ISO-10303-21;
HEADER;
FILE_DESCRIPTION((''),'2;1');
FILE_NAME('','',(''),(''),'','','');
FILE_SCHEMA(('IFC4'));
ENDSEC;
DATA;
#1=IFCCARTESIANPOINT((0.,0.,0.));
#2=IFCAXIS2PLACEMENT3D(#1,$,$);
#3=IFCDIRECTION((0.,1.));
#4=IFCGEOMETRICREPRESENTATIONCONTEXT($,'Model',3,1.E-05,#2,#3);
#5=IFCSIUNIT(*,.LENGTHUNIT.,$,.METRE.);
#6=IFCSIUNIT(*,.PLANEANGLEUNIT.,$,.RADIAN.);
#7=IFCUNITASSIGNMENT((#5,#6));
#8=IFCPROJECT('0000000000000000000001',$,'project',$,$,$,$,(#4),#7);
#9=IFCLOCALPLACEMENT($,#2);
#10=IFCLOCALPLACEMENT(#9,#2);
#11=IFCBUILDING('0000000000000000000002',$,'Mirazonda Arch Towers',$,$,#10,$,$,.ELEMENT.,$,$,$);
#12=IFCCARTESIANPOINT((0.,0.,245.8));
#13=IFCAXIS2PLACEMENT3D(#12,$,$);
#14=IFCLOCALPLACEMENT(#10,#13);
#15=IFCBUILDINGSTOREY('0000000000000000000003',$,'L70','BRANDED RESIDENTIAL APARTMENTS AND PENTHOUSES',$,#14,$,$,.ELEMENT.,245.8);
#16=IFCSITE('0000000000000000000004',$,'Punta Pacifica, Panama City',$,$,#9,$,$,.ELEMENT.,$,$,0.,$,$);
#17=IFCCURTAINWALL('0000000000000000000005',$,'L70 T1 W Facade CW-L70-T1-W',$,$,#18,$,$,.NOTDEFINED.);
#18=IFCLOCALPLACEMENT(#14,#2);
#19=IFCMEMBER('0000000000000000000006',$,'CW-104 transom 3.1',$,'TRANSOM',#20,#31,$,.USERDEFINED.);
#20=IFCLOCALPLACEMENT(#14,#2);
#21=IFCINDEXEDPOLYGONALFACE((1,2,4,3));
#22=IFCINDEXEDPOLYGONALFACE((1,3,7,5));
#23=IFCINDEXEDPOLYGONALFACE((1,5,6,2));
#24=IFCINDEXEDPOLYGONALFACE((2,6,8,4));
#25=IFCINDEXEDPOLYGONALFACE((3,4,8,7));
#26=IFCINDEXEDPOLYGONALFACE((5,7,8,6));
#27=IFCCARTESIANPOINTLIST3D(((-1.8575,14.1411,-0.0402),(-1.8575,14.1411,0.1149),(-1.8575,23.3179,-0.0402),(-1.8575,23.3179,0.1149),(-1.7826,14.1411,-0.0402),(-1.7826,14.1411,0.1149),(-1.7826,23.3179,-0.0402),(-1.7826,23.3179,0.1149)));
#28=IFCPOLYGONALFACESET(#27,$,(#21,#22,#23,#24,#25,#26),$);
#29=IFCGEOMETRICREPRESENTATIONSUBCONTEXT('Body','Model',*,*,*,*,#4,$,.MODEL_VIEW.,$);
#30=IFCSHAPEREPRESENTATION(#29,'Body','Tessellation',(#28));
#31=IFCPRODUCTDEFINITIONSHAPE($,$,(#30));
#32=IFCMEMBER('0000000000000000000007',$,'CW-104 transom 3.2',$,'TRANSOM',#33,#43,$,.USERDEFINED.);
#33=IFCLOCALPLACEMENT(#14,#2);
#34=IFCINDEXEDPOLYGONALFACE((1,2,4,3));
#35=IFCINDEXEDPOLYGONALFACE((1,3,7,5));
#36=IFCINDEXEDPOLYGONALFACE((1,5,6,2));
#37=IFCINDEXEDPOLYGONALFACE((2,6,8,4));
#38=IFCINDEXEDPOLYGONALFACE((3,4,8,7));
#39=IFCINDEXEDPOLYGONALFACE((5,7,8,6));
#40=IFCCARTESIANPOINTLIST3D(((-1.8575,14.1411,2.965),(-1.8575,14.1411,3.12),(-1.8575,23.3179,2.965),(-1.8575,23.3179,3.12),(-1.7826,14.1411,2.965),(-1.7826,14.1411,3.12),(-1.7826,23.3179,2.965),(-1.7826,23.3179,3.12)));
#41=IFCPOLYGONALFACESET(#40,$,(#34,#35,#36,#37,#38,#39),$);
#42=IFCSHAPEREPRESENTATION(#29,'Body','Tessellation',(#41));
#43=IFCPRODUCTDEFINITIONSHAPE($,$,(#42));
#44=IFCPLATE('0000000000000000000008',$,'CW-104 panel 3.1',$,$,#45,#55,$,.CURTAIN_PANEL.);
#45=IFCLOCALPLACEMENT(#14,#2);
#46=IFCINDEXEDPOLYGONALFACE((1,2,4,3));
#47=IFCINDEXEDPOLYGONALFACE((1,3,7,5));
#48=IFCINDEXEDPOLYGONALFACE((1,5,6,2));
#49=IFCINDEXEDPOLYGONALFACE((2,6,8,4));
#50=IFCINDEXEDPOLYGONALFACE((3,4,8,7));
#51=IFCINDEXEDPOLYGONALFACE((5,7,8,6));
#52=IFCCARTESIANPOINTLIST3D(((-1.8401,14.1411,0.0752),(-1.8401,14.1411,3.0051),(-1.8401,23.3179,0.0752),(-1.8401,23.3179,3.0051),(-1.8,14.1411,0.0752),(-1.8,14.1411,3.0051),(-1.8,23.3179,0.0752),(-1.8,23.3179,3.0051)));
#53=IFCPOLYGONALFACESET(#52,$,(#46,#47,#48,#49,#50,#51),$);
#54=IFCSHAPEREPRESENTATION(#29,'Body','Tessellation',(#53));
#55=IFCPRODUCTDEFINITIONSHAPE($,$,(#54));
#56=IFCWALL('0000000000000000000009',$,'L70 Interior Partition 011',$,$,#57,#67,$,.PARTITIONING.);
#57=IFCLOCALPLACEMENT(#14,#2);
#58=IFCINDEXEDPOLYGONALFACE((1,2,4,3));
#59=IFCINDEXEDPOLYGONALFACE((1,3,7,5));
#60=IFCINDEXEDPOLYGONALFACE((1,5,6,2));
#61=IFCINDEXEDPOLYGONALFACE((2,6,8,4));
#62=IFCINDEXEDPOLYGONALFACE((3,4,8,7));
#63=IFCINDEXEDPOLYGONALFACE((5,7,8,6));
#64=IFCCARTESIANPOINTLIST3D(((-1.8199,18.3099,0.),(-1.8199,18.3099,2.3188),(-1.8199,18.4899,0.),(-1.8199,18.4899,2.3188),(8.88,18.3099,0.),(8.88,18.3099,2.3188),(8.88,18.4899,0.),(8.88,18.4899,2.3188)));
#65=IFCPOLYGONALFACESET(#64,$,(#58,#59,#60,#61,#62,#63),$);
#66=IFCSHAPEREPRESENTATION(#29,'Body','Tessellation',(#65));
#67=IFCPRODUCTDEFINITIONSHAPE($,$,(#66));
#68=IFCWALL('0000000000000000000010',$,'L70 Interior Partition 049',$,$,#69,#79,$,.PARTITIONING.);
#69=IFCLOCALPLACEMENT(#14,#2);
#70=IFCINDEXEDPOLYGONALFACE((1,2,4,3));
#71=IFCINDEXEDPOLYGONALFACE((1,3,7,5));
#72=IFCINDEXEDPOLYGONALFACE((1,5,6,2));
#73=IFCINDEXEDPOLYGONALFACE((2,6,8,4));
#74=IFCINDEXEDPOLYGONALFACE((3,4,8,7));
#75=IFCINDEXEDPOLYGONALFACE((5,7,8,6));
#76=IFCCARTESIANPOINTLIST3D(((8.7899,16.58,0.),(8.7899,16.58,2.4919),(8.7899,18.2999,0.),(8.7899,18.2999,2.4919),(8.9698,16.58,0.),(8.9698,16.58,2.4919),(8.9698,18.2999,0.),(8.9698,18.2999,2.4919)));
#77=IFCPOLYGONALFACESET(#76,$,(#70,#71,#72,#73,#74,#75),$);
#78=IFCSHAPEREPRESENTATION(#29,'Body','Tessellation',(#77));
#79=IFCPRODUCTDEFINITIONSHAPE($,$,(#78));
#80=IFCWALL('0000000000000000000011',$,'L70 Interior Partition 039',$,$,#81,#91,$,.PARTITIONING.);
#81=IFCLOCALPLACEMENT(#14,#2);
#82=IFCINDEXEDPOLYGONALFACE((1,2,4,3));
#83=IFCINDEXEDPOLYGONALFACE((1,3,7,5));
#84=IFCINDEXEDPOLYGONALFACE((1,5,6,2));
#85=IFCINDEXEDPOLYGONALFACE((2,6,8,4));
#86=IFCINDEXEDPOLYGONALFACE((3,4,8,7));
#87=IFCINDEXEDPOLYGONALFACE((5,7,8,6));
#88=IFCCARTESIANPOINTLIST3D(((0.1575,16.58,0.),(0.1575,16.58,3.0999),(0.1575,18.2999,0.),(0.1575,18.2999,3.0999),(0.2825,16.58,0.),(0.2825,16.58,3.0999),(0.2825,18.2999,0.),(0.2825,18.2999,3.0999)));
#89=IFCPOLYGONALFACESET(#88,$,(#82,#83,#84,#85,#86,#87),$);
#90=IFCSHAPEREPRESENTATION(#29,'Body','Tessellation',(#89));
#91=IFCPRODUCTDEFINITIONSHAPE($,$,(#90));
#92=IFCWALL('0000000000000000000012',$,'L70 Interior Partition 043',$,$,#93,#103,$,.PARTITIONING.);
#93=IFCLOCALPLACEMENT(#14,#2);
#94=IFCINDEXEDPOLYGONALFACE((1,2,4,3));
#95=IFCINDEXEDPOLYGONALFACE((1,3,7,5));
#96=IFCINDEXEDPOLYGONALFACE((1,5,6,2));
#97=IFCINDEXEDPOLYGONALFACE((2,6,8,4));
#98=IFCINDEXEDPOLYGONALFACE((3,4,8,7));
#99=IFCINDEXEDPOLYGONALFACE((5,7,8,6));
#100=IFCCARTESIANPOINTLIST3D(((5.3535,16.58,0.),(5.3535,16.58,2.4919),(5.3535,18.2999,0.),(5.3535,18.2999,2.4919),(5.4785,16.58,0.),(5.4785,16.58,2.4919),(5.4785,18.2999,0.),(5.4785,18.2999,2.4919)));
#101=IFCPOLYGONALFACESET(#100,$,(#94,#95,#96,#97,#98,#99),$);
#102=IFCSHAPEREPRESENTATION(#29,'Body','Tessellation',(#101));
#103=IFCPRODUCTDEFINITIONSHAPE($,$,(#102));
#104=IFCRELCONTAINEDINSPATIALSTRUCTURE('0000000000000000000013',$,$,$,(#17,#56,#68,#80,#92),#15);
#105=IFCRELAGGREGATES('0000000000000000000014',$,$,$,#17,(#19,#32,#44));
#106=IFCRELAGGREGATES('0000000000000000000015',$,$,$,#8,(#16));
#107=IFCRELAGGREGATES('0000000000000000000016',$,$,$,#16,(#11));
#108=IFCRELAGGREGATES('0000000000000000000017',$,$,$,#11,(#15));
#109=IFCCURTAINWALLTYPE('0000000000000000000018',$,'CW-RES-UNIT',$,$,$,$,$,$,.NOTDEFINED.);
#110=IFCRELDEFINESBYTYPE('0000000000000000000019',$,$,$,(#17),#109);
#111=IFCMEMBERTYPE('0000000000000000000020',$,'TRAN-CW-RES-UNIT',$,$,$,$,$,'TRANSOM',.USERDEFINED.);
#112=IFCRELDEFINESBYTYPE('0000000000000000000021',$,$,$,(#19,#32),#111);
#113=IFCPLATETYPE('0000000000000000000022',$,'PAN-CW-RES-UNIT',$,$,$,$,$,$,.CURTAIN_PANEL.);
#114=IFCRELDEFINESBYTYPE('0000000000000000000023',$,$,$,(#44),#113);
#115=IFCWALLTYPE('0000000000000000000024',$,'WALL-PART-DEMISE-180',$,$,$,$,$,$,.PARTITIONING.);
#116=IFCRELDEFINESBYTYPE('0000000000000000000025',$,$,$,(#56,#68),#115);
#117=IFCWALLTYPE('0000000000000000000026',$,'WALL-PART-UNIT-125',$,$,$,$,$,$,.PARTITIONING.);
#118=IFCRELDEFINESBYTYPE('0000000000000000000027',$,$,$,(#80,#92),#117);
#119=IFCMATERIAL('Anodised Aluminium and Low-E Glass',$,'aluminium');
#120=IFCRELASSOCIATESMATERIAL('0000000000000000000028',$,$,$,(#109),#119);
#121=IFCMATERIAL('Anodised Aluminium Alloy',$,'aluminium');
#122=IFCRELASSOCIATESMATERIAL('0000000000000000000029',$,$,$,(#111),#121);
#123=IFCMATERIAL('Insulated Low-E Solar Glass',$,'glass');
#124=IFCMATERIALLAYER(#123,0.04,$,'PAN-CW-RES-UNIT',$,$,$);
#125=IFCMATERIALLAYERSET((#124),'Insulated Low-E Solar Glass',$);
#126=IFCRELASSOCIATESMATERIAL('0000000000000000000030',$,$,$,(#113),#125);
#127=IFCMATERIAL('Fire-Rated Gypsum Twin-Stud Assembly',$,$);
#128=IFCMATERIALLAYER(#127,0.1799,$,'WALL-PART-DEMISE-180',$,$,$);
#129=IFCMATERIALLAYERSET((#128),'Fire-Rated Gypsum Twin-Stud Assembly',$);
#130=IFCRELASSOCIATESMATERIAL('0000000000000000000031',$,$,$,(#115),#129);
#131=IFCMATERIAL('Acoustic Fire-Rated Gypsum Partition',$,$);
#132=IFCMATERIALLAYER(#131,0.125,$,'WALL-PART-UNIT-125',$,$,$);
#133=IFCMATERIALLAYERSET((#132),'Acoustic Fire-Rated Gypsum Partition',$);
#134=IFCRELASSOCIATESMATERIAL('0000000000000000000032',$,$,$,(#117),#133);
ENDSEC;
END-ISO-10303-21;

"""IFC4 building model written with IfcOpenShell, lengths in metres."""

from ifc_helpers import new_model, si_unit, direction, frame, frame_2d, origin, origin_2d, place, context, subcontext, project, spatial, rectangle, extrude, material, layer, layer_set, material_profile, profile_set, type_object, element, aggregate, save


model = new_model("IFC4")

# Units and contexts
model_context = context("Model", 3, precision=1e-05, world=origin(), true_north=direction((0.0, 1.0)))
body_context = subcontext(model_context, "Body", "Model", "MODEL_VIEW")
ifc_project = project(units=[si_unit("LENGTHUNIT", "METRE"), si_unit("PLANEANGLEUNIT", "RADIAN")], contexts=[model_context])

# Site, building, storey
site_placement = place(None, origin())
site = spatial("IfcSite", under=ifc_project, at=site_placement, Name="Punta Pacifica, Panama City", CompositionType="ELEMENT", RefElevation=0.0)
building_placement = place(site_placement, origin())
building = spatial("IfcBuilding", under=site, at=building_placement, Name="Mirazonda Arch Towers", CompositionType="ELEMENT")
storey_placement = place(building_placement, frame((0.0, 0.0, 245.8)))
storey = spatial("IfcBuildingStorey", under=building, at=storey_placement, Name="L70", Description="BRANDED RESIDENTIAL APARTMENTS AND PENTHOUSES", CompositionType="ELEMENT", Elevation=245.8)

# Curtain wall, members, plate
ifc_material_1 = material(Name="Anodised Aluminium and Low-E Glass", Category="aluminium")
curtain_wall_type = type_object("IfcCurtainWallType", Name="CW-RES-UNIT", PredefinedType="NOTDEFINED", material=ifc_material_1)
curtain_wall_placement = place(storey_placement, origin())
curtain_wall = element("IfcCurtainWall", 1, at=curtain_wall_placement, inside=storey, type_object=curtain_wall_type, Name="L70 T1 W Facade CW-L70-T1-W", PredefinedType="NOTDEFINED")
ifc_material_2 = material(Name="Anodised Aluminium Alloy", Category="aluminium")
ifc_material_profile_1 = material_profile(ifc_material_2, rectangle(XDim=0.075, YDim=0.155, at=origin_2d()), Name="ALU-TRAN-75x155")
ifc_profile_set_1 = profile_set([ifc_material_profile_1], Name="Anodised Aluminium Alloy")
member_type_1 = type_object("IfcMemberType", Name="TRAN-CW-RES-UNIT", ElementType="TRANSOM", PredefinedType="USERDEFINED", material=ifc_profile_set_1)
member_1_placement = place(storey_placement, frame((-1.8201, 23.3179, 0.0374), z_axis=(0.0, -1.0, 0.0), x_axis=(1.0, 0.0, 0.0)))
member_1 = element("IfcMember", 2, at=member_1_placement, type_object=member_type_1, Name="CW-104 transom 3.1", ObjectType="TRANSOM", PredefinedType="USERDEFINED", context=body_context, shape_type="SweptSolid", body=[
    extrude(rectangle(XDim=0.075, YDim=0.155, at=origin_2d()), origin(), (0.0, 0.0, 1.0), 9.1768),
])
member_2_placement = place(storey_placement, frame((-1.8201, 23.3179, 3.0425), z_axis=(0.0, -1.0, 0.0), x_axis=(1.0, 0.0, 0.0)))
member_2 = element("IfcMember", 3, at=member_2_placement, type_object=member_type_1, Name="CW-104 transom 3.2", ObjectType="TRANSOM", PredefinedType="USERDEFINED", context=body_context, shape_type="SweptSolid", body=[
    extrude(rectangle(XDim=0.075, YDim=0.155, at=origin_2d()), origin(), (0.0, 0.0, 1.0), 9.1768),
])
ifc_material_3 = material(Name="Insulated Low-E Solar Glass", Category="glass")
ifc_layer_1 = layer(ifc_material_3, 0.04, Name="PAN-CW-RES-UNIT")
ifc_layer_set_1 = layer_set([ifc_layer_1], Name="Insulated Low-E Solar Glass")
plate_type = type_object("IfcPlateType", Name="PAN-CW-RES-UNIT", PredefinedType="CURTAIN_PANEL", material=ifc_layer_set_1)
plate_placement = place(storey_placement, frame((-1.8201, 18.7295, 0.0752), z_axis=(0.0, 0.0, 1.0), x_axis=(0.0, -1.0, 0.0)))
plate = element("IfcPlate", 4, at=plate_placement, type_object=plate_type, Name="CW-104 panel 3.1", PredefinedType="CURTAIN_PANEL", context=body_context, shape_type="SweptSolid", body=[
    extrude(rectangle(XDim=9.1768, YDim=0.04, at=origin_2d()), origin(), (0.0, 0.0, 1.0), 2.9299),
])
aggregate(curtain_wall, [member_1, member_2, plate])

# Shared definitions
ifc_material_4 = material(Name="Fire-Rated Gypsum Twin-Stud Assembly")
ifc_layer_2 = layer(ifc_material_4, 0.1799, Name="WALL-PART-DEMISE-180")
ifc_layer_set_2 = layer_set([ifc_layer_2], Name="Fire-Rated Gypsum Twin-Stud Assembly")
wall_type_1 = type_object("IfcWallType", Name="WALL-PART-DEMISE-180", PredefinedType="PARTITIONING", material=ifc_layer_set_2)

# Walls
wall_1_placement = place(storey_placement, frame((-1.8201, 18.3999, 0.0), z_axis=(0.0, 0.0, 1.0), x_axis=(1.0, 0.0, 0.0)))
element("IfcWall", 5, at=wall_1_placement, inside=storey, type_object=wall_type_1, Name="L70 Interior Partition 011", PredefinedType="PARTITIONING", context=body_context, shape_type="SweptSolid", body=[
    extrude(rectangle(XDim=10.7, YDim=0.1799, at=frame_2d((5.3501, 0.0))), origin(), (0.0, 0.0, 1.0), 2.3188),
])
wall_2_placement = place(storey_placement, frame((8.8799, 16.5801, 0.0), z_axis=(0.0, 0.0, 1.0), x_axis=(0.0, 1.0, 0.0)))
element("IfcWall", 6, at=wall_2_placement, inside=storey, type_object=wall_type_1, Name="L70 Interior Partition 049", PredefinedType="PARTITIONING", context=body_context, shape_type="SweptSolid", body=[
    extrude(rectangle(XDim=1.72, YDim=0.1799, at=frame_2d((0.8599, 0.0))), origin(), (0.0, 0.0, 1.0), 2.4919),
])
ifc_material_5 = material(Name="Acoustic Fire-Rated Gypsum Partition")
ifc_layer_3 = layer(ifc_material_5, 0.125, Name="WALL-PART-UNIT-125")
ifc_layer_set_3 = layer_set([ifc_layer_3], Name="Acoustic Fire-Rated Gypsum Partition")
wall_type_2 = type_object("IfcWallType", Name="WALL-PART-UNIT-125", PredefinedType="PARTITIONING", material=ifc_layer_set_3)
wall_3_placement = place(storey_placement, frame((0.22, 16.5801, 0.0), z_axis=(0.0, 0.0, 1.0), x_axis=(0.0, 1.0, 0.0)))
element("IfcWall", 7, at=wall_3_placement, inside=storey, type_object=wall_type_2, Name="L70 Interior Partition 039", PredefinedType="PARTITIONING", context=body_context, shape_type="SweptSolid", body=[
    extrude(rectangle(XDim=1.72, YDim=0.125, at=frame_2d((0.8599, 0.0))), origin(), (0.0, 0.0, 1.0), 3.0999),
])
wall_4_placement = place(storey_placement, frame((5.416, 16.5801, 0.0), z_axis=(0.0, 0.0, 1.0), x_axis=(0.0, 1.0, 0.0)))
element("IfcWall", 8, at=wall_4_placement, inside=storey, type_object=wall_type_2, Name="L70 Interior Partition 043", PredefinedType="PARTITIONING", context=body_context, shape_type="SweptSolid", body=[
    extrude(rectangle(XDim=1.72, YDim=0.125, at=frame_2d((0.8599, 0.0))), origin(), (0.0, 0.0, 1.0), 2.4919),
])

save(model, "model.ifc")
